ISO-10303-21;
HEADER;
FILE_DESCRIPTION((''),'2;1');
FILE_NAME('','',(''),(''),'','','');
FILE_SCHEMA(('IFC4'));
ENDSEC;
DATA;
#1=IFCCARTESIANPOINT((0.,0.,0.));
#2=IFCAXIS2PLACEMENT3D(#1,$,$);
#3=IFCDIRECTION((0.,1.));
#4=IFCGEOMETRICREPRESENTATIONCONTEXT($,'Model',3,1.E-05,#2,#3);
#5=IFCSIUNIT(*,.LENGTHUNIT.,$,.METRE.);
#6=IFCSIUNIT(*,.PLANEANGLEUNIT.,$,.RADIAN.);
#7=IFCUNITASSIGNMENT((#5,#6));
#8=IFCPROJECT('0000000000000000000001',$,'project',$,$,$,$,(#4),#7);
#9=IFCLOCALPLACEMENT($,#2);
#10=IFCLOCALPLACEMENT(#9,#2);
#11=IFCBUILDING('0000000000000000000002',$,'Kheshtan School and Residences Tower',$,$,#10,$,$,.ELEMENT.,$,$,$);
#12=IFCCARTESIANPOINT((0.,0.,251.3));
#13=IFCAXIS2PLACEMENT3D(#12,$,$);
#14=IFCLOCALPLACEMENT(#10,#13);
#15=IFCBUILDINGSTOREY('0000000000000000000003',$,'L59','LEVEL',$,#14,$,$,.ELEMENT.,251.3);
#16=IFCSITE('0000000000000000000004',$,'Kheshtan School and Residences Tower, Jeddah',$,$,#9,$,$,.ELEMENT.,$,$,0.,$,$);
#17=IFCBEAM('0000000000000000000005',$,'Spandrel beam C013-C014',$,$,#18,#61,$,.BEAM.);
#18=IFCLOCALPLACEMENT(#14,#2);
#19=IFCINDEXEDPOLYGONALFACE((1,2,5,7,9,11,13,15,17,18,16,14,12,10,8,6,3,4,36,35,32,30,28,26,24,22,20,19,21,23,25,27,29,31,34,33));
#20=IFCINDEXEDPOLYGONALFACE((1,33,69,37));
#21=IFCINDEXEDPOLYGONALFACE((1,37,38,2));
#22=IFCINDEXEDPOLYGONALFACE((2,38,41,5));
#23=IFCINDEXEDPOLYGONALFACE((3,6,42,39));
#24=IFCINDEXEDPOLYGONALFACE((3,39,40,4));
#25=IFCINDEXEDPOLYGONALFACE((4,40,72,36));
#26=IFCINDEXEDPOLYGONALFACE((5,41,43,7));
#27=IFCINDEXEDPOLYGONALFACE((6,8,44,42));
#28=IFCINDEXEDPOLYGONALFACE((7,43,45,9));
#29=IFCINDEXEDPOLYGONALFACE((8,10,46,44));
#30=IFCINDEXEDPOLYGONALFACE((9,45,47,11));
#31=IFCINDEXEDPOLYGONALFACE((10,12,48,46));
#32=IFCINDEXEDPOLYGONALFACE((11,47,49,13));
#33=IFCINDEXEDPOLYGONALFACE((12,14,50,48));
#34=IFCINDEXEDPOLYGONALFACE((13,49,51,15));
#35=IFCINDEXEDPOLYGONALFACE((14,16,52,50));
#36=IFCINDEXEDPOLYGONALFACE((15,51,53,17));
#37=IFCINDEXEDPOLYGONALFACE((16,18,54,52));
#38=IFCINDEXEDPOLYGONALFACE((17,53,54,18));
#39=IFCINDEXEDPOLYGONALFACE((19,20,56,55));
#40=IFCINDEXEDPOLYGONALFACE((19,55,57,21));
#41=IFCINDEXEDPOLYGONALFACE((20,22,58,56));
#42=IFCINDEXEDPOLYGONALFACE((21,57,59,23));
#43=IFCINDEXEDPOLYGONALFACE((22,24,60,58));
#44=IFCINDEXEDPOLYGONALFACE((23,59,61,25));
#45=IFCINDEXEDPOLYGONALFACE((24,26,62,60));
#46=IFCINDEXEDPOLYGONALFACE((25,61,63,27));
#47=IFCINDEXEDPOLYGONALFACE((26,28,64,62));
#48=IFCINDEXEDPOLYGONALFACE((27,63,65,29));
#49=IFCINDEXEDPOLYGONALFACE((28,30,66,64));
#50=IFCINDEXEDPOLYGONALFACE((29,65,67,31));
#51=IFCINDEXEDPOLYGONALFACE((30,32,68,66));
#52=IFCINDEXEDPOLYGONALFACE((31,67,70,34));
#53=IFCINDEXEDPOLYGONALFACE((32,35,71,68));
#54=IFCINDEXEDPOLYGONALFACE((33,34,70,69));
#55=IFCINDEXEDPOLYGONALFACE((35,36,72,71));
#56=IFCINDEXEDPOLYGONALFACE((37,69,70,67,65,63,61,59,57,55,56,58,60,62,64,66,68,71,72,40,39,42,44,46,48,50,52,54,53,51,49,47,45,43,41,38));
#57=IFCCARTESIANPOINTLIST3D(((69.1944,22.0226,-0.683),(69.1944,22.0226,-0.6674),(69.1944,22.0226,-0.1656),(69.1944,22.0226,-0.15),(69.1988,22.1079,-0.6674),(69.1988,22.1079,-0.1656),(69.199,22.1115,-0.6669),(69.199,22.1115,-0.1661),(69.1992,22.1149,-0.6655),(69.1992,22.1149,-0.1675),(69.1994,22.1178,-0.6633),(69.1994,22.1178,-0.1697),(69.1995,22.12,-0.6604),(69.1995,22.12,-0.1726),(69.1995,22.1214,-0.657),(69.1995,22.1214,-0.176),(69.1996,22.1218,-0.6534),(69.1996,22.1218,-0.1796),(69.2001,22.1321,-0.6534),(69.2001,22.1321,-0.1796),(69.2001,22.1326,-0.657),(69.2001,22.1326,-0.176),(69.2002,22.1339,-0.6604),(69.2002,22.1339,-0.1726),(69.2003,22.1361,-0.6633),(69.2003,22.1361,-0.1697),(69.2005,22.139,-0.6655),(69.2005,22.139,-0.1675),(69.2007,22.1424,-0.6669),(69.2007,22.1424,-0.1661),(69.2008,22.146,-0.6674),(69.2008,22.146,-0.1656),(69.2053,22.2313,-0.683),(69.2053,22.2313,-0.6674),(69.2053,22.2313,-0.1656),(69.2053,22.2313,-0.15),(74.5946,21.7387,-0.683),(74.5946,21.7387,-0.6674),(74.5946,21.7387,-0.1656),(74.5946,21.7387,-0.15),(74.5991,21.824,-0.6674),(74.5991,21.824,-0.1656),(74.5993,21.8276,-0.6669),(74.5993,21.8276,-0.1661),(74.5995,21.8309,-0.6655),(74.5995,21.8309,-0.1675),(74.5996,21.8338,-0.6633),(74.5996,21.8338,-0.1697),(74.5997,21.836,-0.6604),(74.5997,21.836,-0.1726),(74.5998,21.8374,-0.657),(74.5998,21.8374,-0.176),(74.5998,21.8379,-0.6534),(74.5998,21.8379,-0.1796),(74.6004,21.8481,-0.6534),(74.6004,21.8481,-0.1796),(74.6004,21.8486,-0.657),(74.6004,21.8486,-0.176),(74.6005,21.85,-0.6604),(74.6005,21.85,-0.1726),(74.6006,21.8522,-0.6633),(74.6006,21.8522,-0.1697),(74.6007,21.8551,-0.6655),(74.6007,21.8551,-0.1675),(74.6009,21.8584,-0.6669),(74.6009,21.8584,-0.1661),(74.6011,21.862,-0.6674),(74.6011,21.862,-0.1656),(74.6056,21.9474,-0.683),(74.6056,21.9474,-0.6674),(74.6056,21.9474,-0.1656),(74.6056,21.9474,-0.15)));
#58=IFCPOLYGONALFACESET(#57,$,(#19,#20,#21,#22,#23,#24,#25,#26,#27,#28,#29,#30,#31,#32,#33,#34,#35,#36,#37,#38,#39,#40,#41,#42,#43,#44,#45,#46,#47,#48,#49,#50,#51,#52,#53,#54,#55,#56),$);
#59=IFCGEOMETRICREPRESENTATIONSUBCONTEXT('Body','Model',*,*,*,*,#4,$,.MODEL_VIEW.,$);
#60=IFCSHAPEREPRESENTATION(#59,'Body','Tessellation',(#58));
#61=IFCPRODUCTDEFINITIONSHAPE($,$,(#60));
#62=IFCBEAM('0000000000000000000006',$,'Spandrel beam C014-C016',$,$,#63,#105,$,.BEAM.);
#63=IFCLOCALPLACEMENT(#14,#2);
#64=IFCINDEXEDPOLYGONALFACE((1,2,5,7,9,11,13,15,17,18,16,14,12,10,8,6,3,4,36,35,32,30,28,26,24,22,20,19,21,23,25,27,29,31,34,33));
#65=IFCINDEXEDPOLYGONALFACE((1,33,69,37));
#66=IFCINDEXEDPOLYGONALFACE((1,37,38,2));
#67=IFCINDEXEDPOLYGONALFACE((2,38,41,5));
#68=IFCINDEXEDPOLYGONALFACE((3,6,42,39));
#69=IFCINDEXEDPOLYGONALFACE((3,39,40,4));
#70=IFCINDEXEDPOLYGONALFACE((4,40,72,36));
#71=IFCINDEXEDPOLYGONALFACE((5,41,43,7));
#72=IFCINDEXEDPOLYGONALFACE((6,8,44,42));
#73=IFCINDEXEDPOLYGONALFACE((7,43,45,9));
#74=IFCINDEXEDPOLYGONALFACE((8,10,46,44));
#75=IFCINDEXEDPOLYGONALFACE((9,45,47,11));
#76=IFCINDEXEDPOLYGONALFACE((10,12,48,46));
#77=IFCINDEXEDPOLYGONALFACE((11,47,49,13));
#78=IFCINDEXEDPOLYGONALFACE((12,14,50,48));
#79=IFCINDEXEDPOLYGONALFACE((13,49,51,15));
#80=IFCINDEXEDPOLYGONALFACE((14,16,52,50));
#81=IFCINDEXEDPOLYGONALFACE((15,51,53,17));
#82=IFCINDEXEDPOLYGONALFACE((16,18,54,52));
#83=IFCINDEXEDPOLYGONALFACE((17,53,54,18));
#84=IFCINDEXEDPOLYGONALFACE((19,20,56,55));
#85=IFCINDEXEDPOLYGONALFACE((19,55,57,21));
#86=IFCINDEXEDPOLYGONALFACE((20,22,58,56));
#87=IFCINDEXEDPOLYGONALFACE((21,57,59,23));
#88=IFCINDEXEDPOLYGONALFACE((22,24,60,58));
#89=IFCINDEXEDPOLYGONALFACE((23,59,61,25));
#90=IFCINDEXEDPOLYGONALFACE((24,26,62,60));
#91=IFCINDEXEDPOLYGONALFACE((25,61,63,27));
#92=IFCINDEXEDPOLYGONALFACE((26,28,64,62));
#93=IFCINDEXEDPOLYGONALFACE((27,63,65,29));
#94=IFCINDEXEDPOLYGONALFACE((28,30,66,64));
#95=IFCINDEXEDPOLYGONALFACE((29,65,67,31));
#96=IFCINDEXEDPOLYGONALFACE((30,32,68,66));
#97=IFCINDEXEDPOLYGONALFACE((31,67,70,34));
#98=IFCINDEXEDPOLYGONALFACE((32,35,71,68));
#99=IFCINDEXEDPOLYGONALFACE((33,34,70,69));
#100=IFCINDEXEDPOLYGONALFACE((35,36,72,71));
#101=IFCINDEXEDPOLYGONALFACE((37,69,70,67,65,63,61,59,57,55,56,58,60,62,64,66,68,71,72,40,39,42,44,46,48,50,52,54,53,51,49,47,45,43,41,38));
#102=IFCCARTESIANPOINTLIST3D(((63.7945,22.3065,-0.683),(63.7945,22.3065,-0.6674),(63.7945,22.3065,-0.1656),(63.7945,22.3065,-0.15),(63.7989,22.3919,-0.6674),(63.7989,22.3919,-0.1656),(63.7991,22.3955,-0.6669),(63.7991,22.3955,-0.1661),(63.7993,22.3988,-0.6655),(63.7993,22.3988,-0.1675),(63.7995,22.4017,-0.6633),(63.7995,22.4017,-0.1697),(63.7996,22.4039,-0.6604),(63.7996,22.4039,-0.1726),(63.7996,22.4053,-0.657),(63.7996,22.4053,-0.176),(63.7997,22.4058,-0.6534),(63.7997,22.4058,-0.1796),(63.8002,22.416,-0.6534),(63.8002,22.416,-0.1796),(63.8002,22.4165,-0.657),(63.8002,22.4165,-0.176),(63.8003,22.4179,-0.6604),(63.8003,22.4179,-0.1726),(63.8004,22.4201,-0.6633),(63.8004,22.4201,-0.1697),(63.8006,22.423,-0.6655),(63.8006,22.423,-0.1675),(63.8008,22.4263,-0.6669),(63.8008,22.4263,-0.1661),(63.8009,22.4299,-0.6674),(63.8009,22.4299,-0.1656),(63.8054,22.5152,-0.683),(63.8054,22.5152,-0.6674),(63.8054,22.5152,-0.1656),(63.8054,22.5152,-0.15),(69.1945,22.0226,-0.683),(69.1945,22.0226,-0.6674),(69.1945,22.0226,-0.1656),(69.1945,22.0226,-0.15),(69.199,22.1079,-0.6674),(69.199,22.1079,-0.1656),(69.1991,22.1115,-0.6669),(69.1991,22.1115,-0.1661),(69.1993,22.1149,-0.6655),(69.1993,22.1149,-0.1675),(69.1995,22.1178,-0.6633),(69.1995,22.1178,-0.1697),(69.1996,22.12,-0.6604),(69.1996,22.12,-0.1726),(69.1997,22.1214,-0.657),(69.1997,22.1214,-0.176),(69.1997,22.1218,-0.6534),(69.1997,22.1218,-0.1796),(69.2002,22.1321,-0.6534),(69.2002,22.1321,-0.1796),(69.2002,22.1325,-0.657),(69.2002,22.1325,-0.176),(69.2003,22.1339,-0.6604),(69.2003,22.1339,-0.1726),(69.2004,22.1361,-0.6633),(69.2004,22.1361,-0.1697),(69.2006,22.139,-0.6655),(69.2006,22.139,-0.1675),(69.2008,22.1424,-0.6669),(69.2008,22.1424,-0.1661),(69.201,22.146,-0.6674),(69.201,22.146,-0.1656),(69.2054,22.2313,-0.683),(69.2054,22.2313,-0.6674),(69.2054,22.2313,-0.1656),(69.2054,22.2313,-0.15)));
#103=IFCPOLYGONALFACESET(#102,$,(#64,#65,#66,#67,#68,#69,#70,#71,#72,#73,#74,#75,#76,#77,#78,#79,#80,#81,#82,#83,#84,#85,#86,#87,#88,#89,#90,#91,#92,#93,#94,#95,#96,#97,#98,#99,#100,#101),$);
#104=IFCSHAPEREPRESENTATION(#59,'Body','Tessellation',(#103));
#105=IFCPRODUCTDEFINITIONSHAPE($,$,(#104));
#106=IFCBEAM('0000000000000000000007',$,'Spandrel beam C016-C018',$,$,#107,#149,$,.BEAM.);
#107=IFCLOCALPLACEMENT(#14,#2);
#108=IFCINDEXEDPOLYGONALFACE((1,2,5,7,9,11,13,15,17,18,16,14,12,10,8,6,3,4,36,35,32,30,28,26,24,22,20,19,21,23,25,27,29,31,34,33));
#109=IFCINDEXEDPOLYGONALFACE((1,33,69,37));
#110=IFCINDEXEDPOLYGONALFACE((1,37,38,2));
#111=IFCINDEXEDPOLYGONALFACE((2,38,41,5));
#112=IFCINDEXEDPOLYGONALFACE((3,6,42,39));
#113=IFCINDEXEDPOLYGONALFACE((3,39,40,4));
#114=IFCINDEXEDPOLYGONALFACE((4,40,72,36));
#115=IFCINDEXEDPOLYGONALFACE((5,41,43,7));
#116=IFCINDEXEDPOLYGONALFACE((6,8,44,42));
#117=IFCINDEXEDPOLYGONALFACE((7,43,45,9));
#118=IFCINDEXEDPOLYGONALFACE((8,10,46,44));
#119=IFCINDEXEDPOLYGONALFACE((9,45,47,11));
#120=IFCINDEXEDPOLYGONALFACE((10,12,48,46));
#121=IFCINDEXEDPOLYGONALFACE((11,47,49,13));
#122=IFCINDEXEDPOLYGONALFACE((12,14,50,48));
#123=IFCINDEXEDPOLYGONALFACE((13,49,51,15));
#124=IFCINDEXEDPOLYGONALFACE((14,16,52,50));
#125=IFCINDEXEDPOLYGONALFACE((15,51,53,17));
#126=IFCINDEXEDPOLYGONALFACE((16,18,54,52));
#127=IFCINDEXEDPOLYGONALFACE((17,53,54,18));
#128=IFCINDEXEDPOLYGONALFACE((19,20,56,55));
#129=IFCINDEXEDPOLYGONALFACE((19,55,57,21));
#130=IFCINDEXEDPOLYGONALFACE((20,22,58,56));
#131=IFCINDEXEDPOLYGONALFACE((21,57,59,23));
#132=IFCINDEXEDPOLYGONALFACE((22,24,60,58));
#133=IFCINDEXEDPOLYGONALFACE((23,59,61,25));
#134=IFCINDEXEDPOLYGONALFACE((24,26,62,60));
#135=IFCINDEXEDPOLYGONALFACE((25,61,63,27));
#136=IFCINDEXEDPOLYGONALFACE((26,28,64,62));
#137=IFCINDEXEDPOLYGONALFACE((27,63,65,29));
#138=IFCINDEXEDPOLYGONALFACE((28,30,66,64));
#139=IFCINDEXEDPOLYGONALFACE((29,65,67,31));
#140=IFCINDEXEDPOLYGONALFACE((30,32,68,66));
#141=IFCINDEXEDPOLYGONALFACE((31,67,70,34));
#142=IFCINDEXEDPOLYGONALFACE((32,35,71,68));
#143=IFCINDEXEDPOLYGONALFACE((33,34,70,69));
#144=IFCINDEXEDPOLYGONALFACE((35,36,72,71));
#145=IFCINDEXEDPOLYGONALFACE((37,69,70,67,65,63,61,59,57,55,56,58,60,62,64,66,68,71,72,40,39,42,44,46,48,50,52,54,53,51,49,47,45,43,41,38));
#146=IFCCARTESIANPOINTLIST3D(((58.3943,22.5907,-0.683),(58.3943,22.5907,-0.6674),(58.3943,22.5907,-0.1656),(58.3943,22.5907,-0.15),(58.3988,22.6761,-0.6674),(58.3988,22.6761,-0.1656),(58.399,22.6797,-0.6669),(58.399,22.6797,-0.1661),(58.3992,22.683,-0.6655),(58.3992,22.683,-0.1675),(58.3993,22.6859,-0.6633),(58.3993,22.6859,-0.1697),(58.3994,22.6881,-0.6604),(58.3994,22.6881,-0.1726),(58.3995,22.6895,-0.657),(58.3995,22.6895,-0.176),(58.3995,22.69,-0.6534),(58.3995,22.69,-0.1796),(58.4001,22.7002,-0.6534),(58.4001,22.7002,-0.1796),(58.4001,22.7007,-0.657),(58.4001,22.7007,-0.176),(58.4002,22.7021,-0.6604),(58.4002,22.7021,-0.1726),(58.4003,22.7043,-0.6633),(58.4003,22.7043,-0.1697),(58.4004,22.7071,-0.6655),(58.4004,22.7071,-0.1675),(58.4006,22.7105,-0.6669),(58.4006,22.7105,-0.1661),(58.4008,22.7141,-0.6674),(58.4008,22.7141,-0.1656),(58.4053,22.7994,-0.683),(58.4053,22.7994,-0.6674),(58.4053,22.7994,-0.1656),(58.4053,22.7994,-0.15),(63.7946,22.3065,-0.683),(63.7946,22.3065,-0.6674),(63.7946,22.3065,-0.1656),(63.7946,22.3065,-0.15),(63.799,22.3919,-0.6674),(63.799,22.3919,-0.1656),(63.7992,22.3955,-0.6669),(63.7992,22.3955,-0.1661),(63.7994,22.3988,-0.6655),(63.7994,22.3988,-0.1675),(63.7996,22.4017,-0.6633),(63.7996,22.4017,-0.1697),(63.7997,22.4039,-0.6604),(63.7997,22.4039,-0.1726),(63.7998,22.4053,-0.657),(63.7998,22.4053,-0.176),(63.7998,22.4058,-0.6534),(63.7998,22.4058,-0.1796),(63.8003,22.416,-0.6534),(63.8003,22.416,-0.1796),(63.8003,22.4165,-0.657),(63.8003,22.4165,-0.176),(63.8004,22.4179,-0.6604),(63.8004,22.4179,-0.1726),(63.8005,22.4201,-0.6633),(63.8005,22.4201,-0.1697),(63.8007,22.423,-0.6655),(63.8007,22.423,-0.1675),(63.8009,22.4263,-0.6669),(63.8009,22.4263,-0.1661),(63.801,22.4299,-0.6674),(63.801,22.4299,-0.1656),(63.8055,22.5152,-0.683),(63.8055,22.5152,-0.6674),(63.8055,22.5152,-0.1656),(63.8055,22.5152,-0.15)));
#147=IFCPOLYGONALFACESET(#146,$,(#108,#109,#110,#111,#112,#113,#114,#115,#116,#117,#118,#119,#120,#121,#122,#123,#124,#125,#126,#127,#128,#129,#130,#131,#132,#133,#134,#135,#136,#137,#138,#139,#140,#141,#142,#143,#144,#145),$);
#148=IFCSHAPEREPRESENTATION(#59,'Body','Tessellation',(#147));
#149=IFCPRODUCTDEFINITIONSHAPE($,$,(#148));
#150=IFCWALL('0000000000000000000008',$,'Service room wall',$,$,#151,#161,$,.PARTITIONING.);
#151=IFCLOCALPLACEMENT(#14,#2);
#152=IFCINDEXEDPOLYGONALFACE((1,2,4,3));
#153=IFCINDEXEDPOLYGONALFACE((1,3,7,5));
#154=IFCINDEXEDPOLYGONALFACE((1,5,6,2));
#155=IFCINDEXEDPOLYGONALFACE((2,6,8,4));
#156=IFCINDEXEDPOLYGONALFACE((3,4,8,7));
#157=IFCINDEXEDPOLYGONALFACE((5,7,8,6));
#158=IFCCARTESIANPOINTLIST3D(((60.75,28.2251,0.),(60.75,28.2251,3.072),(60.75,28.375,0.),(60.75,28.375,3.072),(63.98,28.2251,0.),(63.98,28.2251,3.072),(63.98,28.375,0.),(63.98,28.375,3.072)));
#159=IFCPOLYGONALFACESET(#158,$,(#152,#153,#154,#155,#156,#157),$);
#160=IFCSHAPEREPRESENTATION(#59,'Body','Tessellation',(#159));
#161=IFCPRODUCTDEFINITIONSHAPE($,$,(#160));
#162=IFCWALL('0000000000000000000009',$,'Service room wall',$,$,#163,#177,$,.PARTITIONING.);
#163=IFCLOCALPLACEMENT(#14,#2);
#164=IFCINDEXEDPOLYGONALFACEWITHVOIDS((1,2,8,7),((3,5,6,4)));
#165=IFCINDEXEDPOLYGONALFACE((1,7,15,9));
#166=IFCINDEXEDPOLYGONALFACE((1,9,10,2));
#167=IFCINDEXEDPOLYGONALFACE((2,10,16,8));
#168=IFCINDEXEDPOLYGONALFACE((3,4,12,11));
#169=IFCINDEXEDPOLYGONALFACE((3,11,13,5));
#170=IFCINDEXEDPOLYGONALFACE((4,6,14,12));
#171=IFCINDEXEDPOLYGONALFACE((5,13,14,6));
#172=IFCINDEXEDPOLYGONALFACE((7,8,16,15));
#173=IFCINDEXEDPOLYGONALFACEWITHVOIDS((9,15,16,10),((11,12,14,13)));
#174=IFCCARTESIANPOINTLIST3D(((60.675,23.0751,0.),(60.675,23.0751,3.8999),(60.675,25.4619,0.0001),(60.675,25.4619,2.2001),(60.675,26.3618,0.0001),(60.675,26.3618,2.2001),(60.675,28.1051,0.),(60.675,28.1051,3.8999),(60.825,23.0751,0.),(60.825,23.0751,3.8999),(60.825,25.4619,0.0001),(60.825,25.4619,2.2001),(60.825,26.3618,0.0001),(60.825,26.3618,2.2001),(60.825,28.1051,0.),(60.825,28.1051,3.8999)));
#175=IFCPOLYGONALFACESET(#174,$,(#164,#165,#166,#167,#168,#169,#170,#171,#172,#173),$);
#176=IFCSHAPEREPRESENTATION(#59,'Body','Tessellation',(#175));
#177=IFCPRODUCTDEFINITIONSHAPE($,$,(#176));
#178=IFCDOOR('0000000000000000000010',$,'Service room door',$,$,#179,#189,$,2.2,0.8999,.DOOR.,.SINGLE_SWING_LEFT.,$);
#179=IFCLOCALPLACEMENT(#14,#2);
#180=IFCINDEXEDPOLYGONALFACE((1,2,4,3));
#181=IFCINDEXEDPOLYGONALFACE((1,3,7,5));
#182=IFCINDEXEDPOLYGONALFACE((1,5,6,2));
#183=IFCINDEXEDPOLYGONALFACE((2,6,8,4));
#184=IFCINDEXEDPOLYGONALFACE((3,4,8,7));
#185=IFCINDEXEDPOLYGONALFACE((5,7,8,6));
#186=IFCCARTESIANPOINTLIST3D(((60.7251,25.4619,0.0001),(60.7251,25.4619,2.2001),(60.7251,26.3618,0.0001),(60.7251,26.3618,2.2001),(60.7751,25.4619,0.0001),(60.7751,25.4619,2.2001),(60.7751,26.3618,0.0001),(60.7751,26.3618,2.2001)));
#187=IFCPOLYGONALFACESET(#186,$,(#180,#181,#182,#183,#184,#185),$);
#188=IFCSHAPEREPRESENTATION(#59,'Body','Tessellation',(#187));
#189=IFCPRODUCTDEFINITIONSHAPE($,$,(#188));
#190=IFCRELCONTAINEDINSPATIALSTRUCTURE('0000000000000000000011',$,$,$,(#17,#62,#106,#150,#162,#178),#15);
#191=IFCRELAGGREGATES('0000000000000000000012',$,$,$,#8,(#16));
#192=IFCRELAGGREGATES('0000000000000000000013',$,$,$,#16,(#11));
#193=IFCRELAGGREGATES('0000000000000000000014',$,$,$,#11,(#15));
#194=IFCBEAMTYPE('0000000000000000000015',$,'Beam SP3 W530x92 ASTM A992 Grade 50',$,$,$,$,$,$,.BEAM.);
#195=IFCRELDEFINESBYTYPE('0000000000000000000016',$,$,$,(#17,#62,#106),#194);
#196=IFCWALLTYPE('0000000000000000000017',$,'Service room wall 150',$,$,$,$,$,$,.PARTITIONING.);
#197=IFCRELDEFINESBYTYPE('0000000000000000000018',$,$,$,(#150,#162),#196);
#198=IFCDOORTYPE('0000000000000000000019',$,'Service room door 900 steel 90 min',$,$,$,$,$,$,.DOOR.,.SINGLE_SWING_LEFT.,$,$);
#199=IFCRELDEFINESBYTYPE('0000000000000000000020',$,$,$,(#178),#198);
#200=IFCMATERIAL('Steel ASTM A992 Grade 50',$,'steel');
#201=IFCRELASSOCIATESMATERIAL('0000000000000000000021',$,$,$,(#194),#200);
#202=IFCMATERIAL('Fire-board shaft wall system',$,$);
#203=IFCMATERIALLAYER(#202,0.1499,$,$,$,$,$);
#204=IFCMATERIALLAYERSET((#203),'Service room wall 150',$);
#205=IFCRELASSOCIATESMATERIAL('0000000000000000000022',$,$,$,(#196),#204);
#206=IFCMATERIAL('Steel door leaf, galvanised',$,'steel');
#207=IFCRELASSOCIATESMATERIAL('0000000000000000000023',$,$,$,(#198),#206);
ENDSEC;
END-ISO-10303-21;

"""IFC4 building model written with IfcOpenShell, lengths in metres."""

from ifc_helpers import new_model, si_unit, direction, frame, frame_2d, origin, origin_2d, place, context, subcontext, project, spatial, rectangle, i_section, extrude, source, transform, mapped, material, layer, layer_set, material_profile, profile_set, type_object, element, fill, save


model = new_model("IFC4")

# Units and contexts
model_context = context("Model", 3, precision=1e-05, world=origin(), true_north=direction((0.0, 1.0)))
body_context = subcontext(model_context, "Body", "Model", "MODEL_VIEW")
ifc_project = project(units=[si_unit("LENGTHUNIT", "METRE"), si_unit("PLANEANGLEUNIT", "RADIAN")], contexts=[model_context])

# Site, building, storey
site_placement = place(None, origin())
site = spatial("IfcSite", under=ifc_project, at=site_placement, Name="Kheshtan School and Residences Tower, Jeddah", CompositionType="ELEMENT", RefElevation=0.0)
building_placement = place(site_placement, origin())
building = spatial("IfcBuilding", under=site, at=building_placement, Name="Kheshtan School and Residences Tower", CompositionType="ELEMENT")
storey_placement = place(building_placement, frame((0.0, 0.0, 251.3)))
storey = spatial("IfcBuildingStorey", under=building, at=storey_placement, Name="L59", Description="LEVEL", CompositionType="ELEMENT", Elevation=251.3)

# Shared definitions
ifc_material_1 = material(Name="Steel ASTM A992 Grade 50", Category="steel")

# Beams
ifc_material_profile_1 = material_profile(ifc_material_1, i_section(OverallWidth=0.209, OverallDepth=0.533, WebThickness=0.0103, FlangeThickness=0.0156, FilletRadius=0.0139, at=origin_2d()), Name="W530x92")
ifc_profile_set_1 = profile_set([ifc_material_profile_1], Name="Steel ASTM A992 Grade 50")
beam_type_1 = type_object("IfcBeamType", Name="Beam SP3 W530x92 ASTM A992 Grade 50", PredefinedType="BEAM", material=ifc_profile_set_1)
beam_1_placement = place(storey_placement, frame((74.6001, 21.843, -0.4165), z_axis=(-0.998621, 0.052507, 0.0), x_axis=(-0.052507, -0.998621, 0.0)))
element("IfcBeam", 1, at=beam_1_placement, inside=storey, type_object=beam_type_1, Name="Spandrel beam C013-C014", PredefinedType="BEAM", context=body_context, shape_type="SweptSolid", body=[
    extrude(i_section(OverallWidth=0.209, OverallDepth=0.533, WebThickness=0.0103, FlangeThickness=0.0156, FilletRadius=0.0139, at=origin_2d()), origin(), (0.0, 0.0, 1.0), 5.4077),
])
beam_2_placement = place(storey_placement, frame((69.2, 22.127, -0.4165), z_axis=(-0.99862, 0.052509, 0.0), x_axis=(-0.052509, -0.99862, 0.0)))
element("IfcBeam", 2, at=beam_2_placement, inside=storey, type_object=beam_type_1, Name="Spandrel beam C014-C016", PredefinedType="BEAM", context=body_context, shape_type="SweptSolid", body=[
    extrude(i_section(OverallWidth=0.209, OverallDepth=0.533, WebThickness=0.0103, FlangeThickness=0.0156, FilletRadius=0.0139, at=origin_2d()), origin(), (0.0, 0.0, 1.0), 5.4075),
])
beam_3_placement = place(storey_placement, frame((63.8, 22.4109, -0.4165), z_axis=(-0.998618, 0.052552, 0.0), x_axis=(-0.052552, -0.998618, 0.0)))
element("IfcBeam", 3, at=beam_3_placement, inside=storey, type_object=beam_type_1, Name="Spandrel beam C016-C018", PredefinedType="BEAM", context=body_context, shape_type="SweptSolid", body=[
    extrude(i_section(OverallWidth=0.209, OverallDepth=0.533, WebThickness=0.0103, FlangeThickness=0.0156, FilletRadius=0.0139, at=origin_2d()), origin(), (0.0, 0.0, 1.0), 5.4077),
])

# Wall
ifc_material_2 = material(Name="Fire-board shaft wall system")
ifc_layer_1 = layer(ifc_material_2, 0.1499)
ifc_layer_set_1 = layer_set([ifc_layer_1], Name="Service room wall 150")
wall_type_1 = type_object("IfcWallType", Name="Service room wall 150", PredefinedType="PARTITIONING", material=ifc_layer_set_1)
wall_1_placement = place(storey_placement, frame((60.75, 28.3, 0.0), z_axis=(0.0, 0.0, 1.0), x_axis=(1.0, 0.0, 0.0)))
element("IfcWall", 4, at=wall_1_placement, inside=storey, type_object=wall_type_1, Name="Service room wall", PredefinedType="PARTITIONING", context=body_context, shape_type="SweptSolid", body=[
    extrude(rectangle(XDim=3.23, YDim=0.1499, at=frame_2d((1.615, 0.0))), origin(), (0.0, 0.0, 1.0), 3.072),
])

# Wall, opening, door
wall_2_placement = place(storey_placement, frame((60.75, 23.075, 0.0), z_axis=(0.0, 0.0, 1.0), x_axis=(0.0, 1.0, 0.0)))
wall_2 = element("IfcWall", 5, at=wall_2_placement, inside=storey, type_object=wall_type_1, Name="Service room wall", PredefinedType="PARTITIONING", context=body_context, shape_type="SweptSolid", body=[
    extrude(rectangle(XDim=5.03, YDim=0.1499, at=frame_2d((2.5151, 0.0))), origin(), (0.0, 0.0, 1.0), 3.8999),
])
opening_1_placement = place(wall_2_placement, frame((2.387, 0.0, 0.0)))
opening_1 = element("IfcOpeningElement", 6, at=opening_1_placement, cuts=wall_2, PredefinedType="OPENING", context=body_context, shape_type="SweptSolid", body=[
    extrude(rectangle(XDim=0.8999, YDim=2.2, at=frame_2d((0.45, 1.1001))), frame((0.0, 0.085, 0.0), z_axis=(0.0, -1.0, 0.0), x_axis=(1.0, 0.0, 0.0)), (0.0, 0.0, 1.0), 0.1699),
])
ifc_material_3 = material(Name="Steel door leaf, galvanised", Category="steel")
door_type_1 = type_object("IfcDoorType", Name="Service room door 900 steel 90 min", OperationType="SINGLE_SWING_LEFT", PredefinedType="DOOR", material=ifc_material_3)
shared_shape_1 = source(origin(), body_context, "Body", "SweptSolid", [
    extrude(rectangle(XDim=0.8999, YDim=2.2, at=frame_2d((0.45, 1.1001))), frame((0.0, 0.0249, 0.0), z_axis=(0.0, -1.0, 0.0), x_axis=(1.0, 0.0, 0.0)), (0.0, 0.0, 1.0), 0.05),
])
door_1_placement = place(opening_1_placement, origin())
door_1 = element("IfcDoor", 7, at=door_1_placement, inside=storey, type_object=door_type_1, Name="Service room door", OperationType="SINGLE_SWING_LEFT", OverallHeight=2.2, OverallWidth=0.8999, PredefinedType="DOOR", context=body_context, shape_type="MappedRepresentation", body=[
    mapped(shared_shape_1, transform((0.0, 0.0, 0.0), x_axis=(1.0, 0.0, 0.0), y_axis=(0.0, 1.0, 0.0), z_axis=(0.0, 0.0, 1.0), scale=1.0)),
])
fill(opening_1, door_1)

save(model, "model.ifc")
